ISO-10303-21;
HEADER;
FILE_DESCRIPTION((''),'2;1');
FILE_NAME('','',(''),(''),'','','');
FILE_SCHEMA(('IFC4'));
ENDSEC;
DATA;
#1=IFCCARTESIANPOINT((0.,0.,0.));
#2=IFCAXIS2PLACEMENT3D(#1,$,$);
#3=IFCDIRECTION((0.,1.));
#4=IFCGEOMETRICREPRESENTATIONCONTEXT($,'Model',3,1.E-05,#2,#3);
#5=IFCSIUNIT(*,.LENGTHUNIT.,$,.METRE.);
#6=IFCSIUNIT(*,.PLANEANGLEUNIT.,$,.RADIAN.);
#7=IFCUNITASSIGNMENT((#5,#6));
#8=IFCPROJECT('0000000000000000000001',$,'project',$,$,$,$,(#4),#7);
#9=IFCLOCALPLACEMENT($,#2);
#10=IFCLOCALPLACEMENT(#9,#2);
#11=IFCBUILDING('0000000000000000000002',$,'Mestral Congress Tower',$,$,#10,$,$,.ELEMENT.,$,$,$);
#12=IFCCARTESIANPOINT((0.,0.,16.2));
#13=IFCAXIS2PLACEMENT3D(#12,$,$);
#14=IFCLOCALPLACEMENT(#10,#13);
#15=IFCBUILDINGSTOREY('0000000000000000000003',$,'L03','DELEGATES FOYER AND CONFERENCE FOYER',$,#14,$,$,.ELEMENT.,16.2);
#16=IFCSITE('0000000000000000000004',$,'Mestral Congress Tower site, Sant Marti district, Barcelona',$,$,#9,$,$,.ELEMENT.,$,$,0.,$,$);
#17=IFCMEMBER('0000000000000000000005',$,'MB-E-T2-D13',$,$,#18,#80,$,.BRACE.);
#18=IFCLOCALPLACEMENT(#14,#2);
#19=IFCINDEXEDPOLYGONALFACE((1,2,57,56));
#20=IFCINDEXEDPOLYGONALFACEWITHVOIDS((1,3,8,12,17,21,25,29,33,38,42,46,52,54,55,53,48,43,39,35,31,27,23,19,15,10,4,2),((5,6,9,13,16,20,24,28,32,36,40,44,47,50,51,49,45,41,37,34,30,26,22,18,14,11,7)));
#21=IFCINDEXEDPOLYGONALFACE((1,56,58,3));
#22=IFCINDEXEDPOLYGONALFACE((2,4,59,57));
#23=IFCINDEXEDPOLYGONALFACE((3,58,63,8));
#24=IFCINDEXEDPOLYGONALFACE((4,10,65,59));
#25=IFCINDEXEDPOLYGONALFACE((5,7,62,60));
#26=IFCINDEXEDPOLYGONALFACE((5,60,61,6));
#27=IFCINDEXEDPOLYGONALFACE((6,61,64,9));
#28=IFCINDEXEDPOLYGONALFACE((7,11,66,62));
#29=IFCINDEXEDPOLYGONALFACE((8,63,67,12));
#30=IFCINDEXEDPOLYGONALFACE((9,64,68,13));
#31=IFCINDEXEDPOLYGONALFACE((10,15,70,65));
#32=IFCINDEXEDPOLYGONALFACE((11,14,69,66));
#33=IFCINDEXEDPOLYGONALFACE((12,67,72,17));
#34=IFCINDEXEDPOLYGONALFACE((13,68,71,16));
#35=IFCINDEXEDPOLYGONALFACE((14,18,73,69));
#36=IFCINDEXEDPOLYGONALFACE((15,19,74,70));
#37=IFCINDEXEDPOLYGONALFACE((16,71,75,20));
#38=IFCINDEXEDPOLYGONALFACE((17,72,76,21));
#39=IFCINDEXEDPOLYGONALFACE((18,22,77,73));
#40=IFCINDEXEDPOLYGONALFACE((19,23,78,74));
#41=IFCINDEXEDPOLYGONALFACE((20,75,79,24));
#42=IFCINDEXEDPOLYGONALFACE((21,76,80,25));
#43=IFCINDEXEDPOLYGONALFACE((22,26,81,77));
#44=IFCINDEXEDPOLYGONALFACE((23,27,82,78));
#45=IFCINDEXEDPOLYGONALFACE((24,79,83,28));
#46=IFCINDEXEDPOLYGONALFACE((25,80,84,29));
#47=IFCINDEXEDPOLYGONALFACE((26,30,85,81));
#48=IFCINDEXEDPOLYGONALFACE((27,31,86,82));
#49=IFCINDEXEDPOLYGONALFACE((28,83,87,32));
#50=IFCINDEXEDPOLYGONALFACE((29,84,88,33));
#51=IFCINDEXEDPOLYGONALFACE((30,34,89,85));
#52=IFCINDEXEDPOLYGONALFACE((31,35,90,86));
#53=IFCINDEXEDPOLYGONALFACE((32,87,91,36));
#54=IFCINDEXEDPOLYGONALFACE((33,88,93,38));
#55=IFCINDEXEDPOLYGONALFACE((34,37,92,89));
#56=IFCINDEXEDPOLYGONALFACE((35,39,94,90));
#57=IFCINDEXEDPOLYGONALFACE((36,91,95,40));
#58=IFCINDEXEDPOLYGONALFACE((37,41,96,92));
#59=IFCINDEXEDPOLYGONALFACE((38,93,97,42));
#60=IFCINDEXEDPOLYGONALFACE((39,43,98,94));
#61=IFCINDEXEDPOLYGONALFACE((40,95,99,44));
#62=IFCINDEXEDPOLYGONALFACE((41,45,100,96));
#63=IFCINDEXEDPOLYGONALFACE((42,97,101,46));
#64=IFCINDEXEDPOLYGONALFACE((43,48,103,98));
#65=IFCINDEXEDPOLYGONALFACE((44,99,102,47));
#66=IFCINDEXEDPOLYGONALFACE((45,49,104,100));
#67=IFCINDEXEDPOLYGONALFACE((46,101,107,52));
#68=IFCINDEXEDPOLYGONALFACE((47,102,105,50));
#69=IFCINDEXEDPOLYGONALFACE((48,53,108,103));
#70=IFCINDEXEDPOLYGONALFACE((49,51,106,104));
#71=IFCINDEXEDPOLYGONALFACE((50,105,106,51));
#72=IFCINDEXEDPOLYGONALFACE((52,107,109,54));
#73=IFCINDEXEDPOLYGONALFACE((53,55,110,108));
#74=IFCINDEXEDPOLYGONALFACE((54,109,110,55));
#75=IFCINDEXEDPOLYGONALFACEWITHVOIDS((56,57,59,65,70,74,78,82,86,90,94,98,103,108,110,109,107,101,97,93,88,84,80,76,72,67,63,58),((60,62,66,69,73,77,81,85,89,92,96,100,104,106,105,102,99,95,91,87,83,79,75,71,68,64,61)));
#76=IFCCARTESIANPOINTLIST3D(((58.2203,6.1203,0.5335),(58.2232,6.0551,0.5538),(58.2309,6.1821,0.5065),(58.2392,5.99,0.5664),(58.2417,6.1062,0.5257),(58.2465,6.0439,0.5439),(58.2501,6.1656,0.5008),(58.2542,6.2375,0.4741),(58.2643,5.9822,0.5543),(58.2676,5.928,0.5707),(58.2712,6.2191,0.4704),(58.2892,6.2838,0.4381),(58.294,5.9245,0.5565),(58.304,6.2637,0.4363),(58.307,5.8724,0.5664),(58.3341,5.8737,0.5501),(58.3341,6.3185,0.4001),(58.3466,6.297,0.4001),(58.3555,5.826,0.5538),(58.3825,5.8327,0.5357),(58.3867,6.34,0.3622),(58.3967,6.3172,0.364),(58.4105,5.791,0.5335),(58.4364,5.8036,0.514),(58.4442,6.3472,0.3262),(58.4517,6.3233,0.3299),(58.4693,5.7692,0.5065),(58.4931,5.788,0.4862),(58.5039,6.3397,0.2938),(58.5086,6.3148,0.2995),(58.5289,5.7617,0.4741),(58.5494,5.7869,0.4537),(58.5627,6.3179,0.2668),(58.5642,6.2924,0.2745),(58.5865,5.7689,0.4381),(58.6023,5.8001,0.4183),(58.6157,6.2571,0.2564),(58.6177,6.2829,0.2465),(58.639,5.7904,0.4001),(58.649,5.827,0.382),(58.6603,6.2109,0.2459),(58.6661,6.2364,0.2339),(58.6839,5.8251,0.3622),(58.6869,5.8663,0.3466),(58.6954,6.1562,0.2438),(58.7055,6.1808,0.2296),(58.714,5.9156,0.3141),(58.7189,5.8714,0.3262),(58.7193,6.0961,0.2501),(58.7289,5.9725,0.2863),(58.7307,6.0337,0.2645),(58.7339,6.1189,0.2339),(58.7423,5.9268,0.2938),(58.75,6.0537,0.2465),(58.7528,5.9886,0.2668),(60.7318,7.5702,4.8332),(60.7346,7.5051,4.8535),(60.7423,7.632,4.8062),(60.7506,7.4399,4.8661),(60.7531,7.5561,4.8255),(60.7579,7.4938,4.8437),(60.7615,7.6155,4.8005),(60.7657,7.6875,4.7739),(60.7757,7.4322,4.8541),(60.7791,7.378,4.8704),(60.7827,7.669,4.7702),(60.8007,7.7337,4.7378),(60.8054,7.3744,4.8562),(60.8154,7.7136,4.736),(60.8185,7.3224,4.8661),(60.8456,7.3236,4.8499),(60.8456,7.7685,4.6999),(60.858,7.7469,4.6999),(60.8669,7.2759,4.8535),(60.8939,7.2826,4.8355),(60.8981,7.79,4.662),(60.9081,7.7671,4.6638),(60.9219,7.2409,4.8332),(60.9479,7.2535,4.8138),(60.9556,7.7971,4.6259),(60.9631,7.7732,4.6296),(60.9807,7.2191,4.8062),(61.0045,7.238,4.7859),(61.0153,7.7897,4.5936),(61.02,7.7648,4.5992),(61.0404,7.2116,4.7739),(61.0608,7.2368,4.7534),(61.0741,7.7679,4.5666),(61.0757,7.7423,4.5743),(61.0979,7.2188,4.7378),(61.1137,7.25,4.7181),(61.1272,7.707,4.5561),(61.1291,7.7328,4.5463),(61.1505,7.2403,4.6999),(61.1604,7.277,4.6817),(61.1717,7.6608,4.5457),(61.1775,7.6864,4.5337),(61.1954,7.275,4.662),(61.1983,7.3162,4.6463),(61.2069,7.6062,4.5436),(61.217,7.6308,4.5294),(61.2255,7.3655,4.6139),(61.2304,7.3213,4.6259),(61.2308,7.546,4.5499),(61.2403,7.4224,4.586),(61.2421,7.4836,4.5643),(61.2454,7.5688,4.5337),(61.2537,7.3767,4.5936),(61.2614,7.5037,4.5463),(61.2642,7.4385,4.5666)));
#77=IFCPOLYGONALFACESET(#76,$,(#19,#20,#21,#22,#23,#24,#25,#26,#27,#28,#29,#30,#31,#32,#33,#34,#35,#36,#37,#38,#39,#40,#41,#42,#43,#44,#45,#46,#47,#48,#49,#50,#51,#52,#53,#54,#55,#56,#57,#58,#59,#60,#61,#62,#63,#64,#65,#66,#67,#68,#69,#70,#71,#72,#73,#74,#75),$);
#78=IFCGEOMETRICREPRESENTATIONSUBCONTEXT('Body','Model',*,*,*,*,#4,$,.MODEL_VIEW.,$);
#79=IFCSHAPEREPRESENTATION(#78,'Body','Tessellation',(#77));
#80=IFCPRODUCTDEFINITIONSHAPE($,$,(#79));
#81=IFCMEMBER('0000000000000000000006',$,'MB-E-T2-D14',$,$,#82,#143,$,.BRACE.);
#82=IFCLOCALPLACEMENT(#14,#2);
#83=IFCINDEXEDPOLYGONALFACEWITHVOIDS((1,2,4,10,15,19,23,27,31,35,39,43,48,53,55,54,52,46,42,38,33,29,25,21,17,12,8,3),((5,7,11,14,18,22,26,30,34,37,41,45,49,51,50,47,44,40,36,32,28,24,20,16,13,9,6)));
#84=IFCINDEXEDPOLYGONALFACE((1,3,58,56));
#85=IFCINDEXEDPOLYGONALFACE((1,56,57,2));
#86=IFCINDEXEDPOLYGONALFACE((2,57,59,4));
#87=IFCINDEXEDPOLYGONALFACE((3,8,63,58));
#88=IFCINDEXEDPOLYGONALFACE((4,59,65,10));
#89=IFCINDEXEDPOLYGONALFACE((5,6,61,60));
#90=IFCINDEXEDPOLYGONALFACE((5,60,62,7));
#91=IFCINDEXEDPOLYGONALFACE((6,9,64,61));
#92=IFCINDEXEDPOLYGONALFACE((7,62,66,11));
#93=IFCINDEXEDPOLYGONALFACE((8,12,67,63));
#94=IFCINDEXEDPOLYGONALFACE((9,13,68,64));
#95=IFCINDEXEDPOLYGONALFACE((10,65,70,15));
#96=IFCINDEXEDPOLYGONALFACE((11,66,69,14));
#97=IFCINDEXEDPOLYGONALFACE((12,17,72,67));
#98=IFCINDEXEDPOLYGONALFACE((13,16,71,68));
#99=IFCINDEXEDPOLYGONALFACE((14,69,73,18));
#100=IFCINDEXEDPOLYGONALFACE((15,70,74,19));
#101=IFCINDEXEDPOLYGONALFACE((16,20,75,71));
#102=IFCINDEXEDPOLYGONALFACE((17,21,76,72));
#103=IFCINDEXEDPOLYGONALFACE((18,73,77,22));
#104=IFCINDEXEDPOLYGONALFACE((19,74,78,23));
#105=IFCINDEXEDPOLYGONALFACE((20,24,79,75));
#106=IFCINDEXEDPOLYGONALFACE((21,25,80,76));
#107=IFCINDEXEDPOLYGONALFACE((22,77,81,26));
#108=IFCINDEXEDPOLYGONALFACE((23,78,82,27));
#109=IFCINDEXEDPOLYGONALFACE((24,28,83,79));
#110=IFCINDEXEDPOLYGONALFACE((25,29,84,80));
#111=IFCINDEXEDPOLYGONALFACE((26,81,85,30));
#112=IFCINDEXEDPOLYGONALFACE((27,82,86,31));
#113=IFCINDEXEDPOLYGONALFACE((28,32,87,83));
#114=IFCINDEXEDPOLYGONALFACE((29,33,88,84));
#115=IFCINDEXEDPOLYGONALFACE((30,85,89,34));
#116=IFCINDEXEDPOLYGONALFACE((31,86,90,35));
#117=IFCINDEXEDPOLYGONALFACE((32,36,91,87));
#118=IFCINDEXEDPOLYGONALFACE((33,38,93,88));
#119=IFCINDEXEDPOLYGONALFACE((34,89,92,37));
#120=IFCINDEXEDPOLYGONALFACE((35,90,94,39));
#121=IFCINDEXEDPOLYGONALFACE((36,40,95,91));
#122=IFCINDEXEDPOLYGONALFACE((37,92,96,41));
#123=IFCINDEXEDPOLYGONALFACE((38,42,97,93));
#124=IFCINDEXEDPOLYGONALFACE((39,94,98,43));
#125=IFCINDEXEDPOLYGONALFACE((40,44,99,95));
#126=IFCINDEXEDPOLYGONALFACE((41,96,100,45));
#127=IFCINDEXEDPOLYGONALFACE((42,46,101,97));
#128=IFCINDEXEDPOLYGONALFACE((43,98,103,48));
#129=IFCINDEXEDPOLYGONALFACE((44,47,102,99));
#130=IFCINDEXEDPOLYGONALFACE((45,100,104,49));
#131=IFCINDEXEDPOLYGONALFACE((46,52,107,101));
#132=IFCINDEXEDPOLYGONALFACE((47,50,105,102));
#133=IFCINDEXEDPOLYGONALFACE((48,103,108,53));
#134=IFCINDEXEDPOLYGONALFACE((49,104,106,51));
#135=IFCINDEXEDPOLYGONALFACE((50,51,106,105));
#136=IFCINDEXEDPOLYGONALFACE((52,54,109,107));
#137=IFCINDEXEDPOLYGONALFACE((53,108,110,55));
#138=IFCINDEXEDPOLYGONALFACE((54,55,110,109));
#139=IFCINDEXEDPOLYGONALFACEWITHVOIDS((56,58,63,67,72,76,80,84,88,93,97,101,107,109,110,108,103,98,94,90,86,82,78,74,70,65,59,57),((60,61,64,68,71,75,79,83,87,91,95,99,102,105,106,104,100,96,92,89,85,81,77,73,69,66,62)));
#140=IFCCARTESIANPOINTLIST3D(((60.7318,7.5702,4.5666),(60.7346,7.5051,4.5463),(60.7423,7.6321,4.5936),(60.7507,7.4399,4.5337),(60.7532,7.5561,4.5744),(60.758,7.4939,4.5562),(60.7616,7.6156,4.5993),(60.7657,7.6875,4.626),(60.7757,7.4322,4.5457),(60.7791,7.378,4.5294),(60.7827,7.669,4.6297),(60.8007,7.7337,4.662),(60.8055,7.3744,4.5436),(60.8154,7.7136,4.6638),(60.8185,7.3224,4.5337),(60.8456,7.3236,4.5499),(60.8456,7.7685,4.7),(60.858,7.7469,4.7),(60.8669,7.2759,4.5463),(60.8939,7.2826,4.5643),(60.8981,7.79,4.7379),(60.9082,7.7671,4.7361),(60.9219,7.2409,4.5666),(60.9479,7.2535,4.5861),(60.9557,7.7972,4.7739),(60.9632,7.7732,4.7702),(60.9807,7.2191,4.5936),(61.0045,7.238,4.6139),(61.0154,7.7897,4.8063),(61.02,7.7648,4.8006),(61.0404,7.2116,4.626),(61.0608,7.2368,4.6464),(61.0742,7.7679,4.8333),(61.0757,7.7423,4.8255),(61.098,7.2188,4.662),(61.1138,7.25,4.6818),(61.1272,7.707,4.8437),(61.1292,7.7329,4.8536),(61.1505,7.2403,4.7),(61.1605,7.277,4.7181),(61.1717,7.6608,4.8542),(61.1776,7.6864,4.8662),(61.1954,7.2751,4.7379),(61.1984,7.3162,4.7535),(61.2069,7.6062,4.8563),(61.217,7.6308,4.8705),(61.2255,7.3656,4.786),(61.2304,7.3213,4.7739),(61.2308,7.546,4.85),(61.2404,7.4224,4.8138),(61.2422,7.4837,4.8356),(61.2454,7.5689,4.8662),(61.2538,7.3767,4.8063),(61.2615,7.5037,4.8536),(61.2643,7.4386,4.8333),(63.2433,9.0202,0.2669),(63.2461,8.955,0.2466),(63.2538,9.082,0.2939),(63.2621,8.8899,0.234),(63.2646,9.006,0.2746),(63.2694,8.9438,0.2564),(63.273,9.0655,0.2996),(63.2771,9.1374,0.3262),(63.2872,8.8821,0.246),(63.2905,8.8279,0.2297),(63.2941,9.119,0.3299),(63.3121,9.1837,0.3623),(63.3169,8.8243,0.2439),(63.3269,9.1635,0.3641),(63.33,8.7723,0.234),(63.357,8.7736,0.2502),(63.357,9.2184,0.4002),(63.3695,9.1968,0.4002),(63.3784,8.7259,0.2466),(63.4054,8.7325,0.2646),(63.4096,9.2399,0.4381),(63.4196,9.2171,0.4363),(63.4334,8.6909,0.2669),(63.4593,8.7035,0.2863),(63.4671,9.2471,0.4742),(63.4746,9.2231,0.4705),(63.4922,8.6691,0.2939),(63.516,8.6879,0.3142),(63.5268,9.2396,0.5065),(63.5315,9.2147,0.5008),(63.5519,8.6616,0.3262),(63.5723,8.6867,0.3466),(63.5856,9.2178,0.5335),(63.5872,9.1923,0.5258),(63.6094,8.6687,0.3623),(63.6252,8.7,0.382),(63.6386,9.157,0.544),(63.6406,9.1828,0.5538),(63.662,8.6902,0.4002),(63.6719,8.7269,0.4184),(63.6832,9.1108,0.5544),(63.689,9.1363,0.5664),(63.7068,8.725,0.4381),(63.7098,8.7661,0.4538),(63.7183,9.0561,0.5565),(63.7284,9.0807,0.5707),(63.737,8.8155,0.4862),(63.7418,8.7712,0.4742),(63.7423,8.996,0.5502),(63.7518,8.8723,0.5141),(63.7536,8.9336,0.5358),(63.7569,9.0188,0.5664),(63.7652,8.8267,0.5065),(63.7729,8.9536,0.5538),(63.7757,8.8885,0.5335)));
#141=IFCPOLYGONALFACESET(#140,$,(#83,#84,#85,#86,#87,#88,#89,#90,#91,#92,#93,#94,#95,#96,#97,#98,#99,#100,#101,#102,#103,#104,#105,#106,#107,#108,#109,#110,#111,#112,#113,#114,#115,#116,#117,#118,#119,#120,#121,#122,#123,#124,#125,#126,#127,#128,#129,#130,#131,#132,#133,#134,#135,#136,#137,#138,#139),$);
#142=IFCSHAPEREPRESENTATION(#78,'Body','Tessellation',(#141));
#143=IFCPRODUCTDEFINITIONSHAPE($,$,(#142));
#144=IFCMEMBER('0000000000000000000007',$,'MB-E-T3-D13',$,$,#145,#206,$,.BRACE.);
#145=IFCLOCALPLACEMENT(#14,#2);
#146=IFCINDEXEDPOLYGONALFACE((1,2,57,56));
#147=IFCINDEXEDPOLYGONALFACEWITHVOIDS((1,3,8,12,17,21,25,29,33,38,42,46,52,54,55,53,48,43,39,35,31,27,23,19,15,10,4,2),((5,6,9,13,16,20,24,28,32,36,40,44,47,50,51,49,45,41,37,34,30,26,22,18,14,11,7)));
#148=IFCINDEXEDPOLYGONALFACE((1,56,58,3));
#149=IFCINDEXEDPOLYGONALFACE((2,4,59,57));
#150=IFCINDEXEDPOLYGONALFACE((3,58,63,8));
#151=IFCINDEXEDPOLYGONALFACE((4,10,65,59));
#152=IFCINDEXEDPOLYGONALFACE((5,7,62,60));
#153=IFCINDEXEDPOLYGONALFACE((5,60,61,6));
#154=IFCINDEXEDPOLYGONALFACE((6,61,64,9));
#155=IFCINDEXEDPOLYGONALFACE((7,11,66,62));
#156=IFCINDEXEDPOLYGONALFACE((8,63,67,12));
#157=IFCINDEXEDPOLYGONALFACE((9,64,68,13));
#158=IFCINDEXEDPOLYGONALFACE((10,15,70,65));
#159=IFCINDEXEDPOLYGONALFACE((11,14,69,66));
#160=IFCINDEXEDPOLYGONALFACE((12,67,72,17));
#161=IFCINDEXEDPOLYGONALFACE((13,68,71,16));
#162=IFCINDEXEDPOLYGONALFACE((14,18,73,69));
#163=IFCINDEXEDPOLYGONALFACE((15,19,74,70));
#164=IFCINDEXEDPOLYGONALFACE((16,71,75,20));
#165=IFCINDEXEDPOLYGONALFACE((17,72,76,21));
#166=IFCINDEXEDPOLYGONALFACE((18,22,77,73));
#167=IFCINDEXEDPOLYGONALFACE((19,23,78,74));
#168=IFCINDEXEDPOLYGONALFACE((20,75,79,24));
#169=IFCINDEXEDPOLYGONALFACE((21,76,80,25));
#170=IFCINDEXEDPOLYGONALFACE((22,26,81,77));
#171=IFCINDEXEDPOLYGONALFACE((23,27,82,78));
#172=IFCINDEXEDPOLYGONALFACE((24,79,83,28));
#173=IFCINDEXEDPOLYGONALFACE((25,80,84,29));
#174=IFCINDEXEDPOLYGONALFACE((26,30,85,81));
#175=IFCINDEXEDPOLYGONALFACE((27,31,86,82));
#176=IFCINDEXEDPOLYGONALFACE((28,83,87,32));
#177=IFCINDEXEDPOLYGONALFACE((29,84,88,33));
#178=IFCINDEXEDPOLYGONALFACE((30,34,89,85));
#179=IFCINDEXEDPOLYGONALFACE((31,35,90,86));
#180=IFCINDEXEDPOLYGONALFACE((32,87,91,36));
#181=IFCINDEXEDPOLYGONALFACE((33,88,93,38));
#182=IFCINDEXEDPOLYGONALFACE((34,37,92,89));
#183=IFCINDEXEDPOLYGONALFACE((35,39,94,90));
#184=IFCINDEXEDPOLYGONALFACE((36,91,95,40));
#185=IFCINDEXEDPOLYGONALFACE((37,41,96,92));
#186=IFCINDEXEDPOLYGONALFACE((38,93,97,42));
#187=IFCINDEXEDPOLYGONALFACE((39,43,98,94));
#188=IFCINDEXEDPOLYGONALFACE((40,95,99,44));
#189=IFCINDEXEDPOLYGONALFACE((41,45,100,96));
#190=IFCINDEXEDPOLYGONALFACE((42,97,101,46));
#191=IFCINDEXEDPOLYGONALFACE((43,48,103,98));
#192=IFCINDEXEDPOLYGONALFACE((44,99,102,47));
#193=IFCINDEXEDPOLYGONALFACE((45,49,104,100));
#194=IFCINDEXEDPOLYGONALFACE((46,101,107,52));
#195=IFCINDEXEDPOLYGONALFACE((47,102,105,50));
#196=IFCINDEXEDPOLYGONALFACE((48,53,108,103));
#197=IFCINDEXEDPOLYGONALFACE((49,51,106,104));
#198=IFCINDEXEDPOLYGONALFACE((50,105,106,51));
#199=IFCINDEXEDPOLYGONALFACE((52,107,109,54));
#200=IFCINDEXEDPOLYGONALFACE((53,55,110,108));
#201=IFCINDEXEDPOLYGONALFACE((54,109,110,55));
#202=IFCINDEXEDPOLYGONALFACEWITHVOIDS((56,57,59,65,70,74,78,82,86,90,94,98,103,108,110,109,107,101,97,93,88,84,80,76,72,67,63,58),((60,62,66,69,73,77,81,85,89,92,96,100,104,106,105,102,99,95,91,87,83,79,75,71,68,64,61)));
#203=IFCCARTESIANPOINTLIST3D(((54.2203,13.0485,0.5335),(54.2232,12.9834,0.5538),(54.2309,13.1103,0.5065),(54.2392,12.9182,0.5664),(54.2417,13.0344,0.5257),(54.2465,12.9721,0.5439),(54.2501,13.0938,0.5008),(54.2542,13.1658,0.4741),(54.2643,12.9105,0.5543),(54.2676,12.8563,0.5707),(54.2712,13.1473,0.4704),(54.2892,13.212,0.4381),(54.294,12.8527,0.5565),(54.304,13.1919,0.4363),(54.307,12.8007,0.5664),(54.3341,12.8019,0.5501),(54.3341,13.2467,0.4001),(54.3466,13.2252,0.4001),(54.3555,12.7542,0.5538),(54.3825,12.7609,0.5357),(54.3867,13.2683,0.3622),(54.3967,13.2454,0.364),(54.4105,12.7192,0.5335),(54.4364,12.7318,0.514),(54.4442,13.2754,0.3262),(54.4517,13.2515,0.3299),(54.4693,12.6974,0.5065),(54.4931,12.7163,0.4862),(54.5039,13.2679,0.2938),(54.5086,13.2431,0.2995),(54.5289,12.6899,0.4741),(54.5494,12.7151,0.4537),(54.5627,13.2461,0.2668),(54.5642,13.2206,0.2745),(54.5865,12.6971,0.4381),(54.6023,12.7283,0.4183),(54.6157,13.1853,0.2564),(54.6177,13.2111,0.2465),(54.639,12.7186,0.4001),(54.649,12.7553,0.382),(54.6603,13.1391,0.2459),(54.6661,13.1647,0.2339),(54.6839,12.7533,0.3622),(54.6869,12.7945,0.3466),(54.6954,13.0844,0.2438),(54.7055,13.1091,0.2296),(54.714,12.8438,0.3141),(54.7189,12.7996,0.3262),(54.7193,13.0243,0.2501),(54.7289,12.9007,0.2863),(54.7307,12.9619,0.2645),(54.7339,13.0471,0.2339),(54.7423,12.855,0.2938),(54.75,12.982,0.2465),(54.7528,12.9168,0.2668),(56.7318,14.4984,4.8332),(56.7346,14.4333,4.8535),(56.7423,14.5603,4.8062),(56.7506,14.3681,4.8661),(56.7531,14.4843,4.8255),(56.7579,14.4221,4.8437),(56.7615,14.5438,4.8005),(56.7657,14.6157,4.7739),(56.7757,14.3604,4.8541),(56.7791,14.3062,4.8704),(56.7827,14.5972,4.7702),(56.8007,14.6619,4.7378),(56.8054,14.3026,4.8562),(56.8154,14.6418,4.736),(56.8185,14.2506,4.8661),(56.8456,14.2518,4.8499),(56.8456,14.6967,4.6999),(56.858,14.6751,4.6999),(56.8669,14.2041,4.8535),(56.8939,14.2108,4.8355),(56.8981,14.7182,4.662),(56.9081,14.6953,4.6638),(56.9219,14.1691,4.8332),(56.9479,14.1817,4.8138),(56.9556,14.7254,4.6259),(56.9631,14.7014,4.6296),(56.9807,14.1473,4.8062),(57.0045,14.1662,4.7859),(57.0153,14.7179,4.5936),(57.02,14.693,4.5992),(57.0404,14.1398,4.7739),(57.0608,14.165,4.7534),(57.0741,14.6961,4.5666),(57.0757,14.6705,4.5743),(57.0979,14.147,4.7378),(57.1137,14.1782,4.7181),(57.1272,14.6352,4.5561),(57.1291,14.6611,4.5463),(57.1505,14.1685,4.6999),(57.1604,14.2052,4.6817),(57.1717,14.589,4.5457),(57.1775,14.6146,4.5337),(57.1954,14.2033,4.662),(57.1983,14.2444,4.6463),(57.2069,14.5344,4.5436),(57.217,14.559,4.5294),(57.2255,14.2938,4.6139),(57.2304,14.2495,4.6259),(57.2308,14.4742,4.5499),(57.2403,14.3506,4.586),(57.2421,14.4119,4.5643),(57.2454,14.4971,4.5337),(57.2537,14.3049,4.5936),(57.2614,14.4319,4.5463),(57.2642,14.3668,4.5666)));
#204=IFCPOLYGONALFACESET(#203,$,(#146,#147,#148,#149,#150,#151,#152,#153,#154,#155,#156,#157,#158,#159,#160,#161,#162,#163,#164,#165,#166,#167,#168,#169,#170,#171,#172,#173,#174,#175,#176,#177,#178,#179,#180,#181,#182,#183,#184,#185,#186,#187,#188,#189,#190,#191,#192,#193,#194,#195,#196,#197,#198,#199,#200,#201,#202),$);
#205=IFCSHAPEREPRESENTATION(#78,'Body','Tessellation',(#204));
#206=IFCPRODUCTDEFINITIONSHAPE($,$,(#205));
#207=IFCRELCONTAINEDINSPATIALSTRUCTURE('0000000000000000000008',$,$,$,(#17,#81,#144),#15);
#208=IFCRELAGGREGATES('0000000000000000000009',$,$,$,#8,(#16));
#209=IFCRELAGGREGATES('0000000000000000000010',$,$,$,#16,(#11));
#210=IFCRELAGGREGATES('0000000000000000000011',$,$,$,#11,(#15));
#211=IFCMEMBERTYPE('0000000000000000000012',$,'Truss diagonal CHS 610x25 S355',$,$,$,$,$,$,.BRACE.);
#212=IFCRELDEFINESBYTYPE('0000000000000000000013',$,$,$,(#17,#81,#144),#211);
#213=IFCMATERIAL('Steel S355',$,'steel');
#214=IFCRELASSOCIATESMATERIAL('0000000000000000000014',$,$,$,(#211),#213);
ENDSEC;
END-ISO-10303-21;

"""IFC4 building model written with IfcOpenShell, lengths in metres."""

from ifc_helpers import new_model, si_unit, direction, frame, origin, origin_2d, place, context, subcontext, project, spatial, hollow_circle, extrude, material, material_profile, profile_set, type_object, element, save


model = new_model("IFC4")

# Units and contexts
model_context = context("Model", 3, precision=1e-05, world=origin(), true_north=direction((0.0, 1.0)))
body_context = subcontext(model_context, "Body", "Model", "MODEL_VIEW")
ifc_project = project(units=[si_unit("LENGTHUNIT", "METRE"), si_unit("PLANEANGLEUNIT", "RADIAN")], contexts=[model_context])

# Site, building, storey
site_placement = place(None, origin())
site = spatial("IfcSite", under=ifc_project, at=site_placement, Name="Mestral Congress Tower site, Sant Marti district, Barcelona", CompositionType="ELEMENT", RefElevation=0.0)
building_placement = place(site_placement, origin())
building = spatial("IfcBuilding", under=site, at=building_placement, Name="Mestral Congress Tower", CompositionType="ELEMENT")
storey_placement = place(building_placement, frame((0.0, 0.0, 16.2)))
storey = spatial("IfcBuildingStorey", under=building, at=storey_placement, Name="L03", Description="DELEGATES FOYER AND CONFERENCE FOYER", CompositionType="ELEMENT", Elevation=16.2)

# Members
ifc_material = material(Name="Steel S355", Category="steel")
ifc_material_profile_1 = material_profile(ifc_material, hollow_circle(Radius=0.3049, WallThickness=0.0249, at=origin_2d()), Name="CHS 610x25")
ifc_profile_set_1 = profile_set([ifc_material_profile_1], Name="Steel S355")
member_type_1 = type_object("IfcMemberType", Name="Truss diagonal CHS 610x25 S355", PredefinedType="BRACE", material=ifc_profile_set_1)
for number, where, z_axis, x_axis, name in (
    (1, (58.4866, 6.0544, 0.4001), (0.484247, 0.279571, 0.829062), (-0.499987, 0.866033, 0.0), "MB-E-T2-D13"),
    (2, (60.998, 7.5044, 4.7), (0.484247, 0.279571, -0.829062), (-0.499987, 0.866033, 0.0), "MB-E-T2-D14"),
    (3, (54.4866, 12.9827, 0.4001), (0.484247, 0.279571, 0.829062), (-0.499987, 0.866033, 0.0), "MB-E-T3-D13"),
):
    element("IfcMember", number, at=place(storey_placement, frame(where, z_axis=z_axis, x_axis=x_axis)), inside=storey, type_object=member_type_1, Name=name, PredefinedType="BRACE", context=body_context, shape_type="SweptSolid", body=[
        extrude(hollow_circle(Radius=0.3049, WallThickness=0.0249, at=origin_2d()), origin(), (0.0, 0.0, 1.0), 5.1863),
    ])

save(model, "model.ifc")
